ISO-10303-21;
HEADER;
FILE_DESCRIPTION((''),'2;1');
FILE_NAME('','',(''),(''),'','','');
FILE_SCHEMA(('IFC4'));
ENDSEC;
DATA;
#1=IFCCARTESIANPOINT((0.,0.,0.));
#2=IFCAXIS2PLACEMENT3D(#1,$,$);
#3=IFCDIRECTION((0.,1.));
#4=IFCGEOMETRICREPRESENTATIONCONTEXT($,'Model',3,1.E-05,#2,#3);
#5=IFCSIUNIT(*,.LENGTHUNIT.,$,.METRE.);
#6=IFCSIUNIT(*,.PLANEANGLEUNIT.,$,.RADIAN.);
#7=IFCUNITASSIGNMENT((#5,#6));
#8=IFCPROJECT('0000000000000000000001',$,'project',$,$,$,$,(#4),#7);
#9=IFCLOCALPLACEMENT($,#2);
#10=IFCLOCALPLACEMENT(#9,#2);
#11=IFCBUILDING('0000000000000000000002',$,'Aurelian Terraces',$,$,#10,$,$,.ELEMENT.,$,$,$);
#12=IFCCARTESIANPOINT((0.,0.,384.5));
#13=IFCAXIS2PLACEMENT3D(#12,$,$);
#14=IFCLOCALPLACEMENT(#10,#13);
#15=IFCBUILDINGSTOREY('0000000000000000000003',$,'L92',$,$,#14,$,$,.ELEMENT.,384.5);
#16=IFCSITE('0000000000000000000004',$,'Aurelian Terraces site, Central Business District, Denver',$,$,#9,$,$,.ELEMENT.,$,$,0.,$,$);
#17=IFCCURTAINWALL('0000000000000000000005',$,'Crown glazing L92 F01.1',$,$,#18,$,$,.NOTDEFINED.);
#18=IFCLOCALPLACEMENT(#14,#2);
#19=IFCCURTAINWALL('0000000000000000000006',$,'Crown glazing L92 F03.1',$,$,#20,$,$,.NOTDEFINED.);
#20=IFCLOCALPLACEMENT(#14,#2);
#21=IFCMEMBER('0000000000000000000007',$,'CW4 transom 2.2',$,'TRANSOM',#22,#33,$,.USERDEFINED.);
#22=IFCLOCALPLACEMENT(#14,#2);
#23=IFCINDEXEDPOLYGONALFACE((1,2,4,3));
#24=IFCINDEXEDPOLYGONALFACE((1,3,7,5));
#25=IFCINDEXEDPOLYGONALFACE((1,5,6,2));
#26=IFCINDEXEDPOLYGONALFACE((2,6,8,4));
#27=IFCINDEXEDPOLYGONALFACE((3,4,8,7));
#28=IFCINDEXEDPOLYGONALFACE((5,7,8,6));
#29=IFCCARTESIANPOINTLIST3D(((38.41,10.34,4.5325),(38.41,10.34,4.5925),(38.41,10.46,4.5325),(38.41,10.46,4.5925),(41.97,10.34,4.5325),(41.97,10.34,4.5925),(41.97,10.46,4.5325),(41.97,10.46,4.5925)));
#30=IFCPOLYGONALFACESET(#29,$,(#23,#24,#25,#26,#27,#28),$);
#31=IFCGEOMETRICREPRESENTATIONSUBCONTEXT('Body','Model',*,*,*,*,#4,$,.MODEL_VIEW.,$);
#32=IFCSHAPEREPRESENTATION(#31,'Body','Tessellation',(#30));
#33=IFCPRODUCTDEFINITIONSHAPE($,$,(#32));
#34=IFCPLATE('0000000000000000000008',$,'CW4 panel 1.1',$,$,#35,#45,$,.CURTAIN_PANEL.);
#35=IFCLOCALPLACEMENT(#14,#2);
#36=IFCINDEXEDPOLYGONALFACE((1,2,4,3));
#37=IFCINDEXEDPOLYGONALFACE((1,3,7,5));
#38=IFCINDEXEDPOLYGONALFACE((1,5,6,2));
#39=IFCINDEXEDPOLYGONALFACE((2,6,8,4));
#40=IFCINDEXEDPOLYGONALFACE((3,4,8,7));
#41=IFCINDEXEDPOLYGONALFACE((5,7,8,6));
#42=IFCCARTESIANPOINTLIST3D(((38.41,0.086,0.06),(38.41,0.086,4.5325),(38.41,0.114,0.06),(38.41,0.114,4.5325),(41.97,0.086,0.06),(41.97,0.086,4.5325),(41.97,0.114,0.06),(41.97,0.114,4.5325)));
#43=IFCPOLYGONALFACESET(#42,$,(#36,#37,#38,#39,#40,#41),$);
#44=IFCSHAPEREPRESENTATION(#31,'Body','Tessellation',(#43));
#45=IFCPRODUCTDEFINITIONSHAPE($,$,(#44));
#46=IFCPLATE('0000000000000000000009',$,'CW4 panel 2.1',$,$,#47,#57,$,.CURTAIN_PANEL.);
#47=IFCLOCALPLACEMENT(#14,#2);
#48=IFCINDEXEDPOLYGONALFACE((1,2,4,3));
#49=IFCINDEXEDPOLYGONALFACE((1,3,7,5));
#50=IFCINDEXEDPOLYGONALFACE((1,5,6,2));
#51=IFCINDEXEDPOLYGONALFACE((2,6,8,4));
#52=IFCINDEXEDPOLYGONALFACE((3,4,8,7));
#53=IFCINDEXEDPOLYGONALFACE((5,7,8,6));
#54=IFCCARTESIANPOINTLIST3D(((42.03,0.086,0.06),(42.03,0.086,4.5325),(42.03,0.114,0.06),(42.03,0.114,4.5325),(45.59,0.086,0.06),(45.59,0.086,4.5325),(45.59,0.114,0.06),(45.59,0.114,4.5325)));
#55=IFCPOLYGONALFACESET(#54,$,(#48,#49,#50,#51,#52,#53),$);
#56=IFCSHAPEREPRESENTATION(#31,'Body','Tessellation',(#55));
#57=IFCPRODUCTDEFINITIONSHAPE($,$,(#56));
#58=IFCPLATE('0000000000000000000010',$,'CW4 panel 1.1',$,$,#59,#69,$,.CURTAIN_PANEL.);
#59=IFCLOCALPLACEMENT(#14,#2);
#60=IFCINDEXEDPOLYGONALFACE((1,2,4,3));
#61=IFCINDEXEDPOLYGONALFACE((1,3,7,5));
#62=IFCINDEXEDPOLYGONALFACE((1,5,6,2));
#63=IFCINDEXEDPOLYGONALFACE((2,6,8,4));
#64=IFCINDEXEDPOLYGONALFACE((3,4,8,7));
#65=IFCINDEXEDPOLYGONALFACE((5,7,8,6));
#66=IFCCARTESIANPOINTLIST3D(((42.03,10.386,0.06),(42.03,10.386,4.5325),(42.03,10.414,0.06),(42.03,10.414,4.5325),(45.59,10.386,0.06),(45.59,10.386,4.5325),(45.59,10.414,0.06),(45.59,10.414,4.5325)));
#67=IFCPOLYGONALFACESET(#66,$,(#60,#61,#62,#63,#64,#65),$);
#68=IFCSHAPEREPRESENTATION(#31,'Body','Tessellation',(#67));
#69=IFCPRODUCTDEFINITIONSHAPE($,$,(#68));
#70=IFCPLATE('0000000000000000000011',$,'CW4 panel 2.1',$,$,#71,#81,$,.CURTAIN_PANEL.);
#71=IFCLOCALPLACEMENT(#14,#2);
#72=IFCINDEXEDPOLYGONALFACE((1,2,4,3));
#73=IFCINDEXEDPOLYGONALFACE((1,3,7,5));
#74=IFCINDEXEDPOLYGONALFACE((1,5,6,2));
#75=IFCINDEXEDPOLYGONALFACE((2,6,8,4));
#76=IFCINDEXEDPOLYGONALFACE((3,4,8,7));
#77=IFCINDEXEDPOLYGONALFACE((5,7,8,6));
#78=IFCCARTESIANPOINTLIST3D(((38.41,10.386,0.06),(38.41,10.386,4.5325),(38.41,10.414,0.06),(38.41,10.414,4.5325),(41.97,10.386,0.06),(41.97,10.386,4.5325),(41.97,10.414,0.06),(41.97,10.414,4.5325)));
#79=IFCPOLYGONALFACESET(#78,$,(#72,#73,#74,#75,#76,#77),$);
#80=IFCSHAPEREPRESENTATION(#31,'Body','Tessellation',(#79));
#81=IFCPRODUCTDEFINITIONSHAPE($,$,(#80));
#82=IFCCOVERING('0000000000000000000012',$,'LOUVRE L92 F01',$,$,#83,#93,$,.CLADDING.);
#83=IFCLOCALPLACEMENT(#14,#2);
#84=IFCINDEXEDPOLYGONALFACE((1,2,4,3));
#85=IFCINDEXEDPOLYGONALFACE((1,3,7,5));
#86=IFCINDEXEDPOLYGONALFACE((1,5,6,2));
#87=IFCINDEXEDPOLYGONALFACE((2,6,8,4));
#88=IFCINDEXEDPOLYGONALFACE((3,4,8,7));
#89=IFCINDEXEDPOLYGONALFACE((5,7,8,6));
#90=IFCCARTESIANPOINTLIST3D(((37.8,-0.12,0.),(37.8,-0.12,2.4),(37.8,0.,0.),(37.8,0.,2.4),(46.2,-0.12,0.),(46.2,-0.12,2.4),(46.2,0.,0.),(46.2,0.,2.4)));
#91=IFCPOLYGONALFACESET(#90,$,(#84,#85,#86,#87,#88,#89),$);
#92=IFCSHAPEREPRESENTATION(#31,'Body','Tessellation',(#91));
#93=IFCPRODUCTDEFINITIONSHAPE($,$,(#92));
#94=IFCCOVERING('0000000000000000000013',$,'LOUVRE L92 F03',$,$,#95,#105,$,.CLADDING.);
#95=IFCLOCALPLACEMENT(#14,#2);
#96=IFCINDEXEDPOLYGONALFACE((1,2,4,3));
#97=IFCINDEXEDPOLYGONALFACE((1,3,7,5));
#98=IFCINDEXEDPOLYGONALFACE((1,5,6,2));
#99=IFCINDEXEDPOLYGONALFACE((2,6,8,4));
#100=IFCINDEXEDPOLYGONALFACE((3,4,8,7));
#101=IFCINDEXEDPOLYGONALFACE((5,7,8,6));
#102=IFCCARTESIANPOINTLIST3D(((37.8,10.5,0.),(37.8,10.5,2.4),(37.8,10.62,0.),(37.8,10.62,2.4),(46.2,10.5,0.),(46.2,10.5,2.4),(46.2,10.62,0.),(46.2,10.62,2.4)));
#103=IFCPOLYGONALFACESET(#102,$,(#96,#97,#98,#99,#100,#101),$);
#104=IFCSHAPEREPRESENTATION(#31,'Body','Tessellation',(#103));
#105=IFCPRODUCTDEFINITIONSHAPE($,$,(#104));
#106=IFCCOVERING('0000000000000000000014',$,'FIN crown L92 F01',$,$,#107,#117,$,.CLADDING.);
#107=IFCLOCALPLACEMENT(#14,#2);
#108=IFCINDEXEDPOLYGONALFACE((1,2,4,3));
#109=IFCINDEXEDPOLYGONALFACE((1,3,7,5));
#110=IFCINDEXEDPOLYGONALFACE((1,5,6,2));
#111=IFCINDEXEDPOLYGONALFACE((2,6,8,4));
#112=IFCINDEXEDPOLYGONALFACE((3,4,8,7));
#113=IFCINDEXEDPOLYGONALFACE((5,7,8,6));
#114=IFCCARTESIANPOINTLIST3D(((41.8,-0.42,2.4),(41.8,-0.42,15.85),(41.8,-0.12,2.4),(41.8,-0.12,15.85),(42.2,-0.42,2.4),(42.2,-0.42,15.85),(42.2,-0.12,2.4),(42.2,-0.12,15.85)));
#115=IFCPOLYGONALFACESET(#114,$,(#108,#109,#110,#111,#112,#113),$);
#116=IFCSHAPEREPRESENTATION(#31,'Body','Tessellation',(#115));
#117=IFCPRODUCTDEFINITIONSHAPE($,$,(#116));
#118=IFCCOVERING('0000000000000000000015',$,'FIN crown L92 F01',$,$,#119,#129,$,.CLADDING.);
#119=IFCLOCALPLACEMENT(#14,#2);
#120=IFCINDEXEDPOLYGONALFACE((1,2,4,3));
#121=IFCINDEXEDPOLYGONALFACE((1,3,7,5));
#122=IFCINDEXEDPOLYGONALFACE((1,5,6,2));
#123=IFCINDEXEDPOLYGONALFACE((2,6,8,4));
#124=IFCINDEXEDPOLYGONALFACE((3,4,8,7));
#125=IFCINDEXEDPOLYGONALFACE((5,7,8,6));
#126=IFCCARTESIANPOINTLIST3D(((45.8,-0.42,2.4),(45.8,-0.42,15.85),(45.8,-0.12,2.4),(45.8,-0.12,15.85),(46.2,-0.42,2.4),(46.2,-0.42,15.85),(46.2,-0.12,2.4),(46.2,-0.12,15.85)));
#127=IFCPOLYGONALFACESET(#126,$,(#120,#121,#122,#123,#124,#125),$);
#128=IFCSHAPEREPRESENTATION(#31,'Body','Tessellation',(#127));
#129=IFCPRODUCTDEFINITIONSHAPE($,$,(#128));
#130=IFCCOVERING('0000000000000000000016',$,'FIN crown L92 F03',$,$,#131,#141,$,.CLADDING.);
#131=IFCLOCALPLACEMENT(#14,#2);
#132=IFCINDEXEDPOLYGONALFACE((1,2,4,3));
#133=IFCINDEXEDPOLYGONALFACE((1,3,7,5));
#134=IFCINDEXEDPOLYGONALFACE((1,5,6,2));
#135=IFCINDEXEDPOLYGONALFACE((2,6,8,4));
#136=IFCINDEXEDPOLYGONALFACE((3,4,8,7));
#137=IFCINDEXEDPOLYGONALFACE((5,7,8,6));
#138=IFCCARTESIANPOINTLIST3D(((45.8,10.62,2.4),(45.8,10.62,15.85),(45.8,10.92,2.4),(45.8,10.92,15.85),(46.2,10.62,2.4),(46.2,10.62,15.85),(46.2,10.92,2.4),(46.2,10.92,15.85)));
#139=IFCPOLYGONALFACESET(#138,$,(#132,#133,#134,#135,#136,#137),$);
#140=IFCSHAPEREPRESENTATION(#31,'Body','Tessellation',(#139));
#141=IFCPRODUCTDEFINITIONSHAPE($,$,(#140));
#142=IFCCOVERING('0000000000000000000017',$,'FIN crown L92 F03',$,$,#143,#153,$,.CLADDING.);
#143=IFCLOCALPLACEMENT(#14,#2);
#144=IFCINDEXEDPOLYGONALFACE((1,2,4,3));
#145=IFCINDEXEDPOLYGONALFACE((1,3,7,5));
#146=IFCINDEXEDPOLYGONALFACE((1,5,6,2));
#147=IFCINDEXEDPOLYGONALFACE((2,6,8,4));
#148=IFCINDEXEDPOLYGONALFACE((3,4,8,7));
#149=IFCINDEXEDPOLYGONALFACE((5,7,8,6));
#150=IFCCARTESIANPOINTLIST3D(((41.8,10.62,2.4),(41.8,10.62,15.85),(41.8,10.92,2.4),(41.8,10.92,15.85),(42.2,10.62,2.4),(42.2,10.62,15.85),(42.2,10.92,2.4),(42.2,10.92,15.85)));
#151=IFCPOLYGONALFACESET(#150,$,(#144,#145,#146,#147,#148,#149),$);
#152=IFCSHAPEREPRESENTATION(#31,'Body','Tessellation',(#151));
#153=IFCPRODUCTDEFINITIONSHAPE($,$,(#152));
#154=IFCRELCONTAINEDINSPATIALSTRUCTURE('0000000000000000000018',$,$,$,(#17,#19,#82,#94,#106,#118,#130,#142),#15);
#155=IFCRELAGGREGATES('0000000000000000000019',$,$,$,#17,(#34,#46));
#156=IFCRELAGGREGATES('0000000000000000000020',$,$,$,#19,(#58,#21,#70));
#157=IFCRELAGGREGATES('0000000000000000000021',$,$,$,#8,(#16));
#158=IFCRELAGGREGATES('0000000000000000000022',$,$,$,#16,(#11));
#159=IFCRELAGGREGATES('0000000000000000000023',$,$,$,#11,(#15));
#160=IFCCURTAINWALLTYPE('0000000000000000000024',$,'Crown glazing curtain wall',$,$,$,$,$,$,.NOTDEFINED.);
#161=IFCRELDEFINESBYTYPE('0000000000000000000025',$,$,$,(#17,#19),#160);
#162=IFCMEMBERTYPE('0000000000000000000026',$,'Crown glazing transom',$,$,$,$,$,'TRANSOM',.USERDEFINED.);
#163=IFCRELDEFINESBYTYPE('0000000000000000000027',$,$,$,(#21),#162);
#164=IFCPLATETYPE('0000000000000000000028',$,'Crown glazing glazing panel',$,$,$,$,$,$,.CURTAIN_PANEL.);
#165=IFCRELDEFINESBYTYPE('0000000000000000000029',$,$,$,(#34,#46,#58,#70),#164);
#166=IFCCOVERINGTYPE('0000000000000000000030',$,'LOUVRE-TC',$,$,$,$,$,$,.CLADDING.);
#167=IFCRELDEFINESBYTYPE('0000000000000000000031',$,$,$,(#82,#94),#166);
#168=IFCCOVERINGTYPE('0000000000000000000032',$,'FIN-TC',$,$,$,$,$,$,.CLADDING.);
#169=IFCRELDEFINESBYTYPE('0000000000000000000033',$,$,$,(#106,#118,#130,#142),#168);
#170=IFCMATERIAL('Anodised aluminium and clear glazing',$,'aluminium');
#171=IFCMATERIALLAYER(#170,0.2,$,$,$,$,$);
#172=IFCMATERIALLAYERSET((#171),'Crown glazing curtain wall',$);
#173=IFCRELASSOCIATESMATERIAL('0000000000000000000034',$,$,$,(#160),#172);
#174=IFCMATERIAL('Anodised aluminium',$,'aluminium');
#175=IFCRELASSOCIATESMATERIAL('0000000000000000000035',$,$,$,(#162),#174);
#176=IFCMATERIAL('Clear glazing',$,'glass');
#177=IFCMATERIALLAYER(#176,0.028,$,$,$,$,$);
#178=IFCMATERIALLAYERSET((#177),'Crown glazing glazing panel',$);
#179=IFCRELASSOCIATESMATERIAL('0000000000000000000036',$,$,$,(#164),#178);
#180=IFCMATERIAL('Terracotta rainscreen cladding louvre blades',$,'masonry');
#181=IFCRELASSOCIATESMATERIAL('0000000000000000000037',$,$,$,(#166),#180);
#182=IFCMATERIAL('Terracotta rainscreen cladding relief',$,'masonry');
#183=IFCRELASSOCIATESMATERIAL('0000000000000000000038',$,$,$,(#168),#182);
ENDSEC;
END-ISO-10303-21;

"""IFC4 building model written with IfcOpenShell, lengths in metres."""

from ifc_helpers import new_model, si_unit, direction, frame, origin, origin_2d, place, context, subcontext, project, spatial, rectangle, extrude, source, transform, mapped, material, layer, layer_set, material_profile, profile_set, type_object, element, aggregate, save


model = new_model("IFC4")

# Units and contexts
model_context = context("Model", 3, precision=1e-05, world=origin(), true_north=direction((0.0, 1.0)))
body_context = subcontext(model_context, "Body", "Model", "MODEL_VIEW")
ifc_project = project(units=[si_unit("LENGTHUNIT", "METRE"), si_unit("PLANEANGLEUNIT", "RADIAN")], contexts=[model_context])

# Site, building, storey
site_placement = place(None, origin())
site = spatial("IfcSite", under=ifc_project, at=site_placement, Name="Aurelian Terraces site, Central Business District, Denver", CompositionType="ELEMENT", RefElevation=0.0)
building_placement = place(site_placement, origin())
building = spatial("IfcBuilding", under=site, at=building_placement, Name="Aurelian Terraces", CompositionType="ELEMENT")
storey_placement = place(building_placement, frame((0.0, 0.0, 384.5)))
storey = spatial("IfcBuildingStorey", under=building, at=storey_placement, Name="L92", CompositionType="ELEMENT", Elevation=384.5)

# Shared definitions
ifc_material_1 = material(Name="Anodised aluminium and clear glazing", Category="aluminium")
ifc_layer_1 = layer(ifc_material_1, 0.2)
ifc_layer_set_1 = layer_set([ifc_layer_1], Name="Crown glazing curtain wall")
curtain_wall_type = type_object("IfcCurtainWallType", Name="Crown glazing curtain wall", PredefinedType="NOTDEFINED", material=ifc_layer_set_1)
ifc_material_2 = material(Name="Anodised aluminium", Category="aluminium")
ifc_material_profile_1 = material_profile(ifc_material_2, rectangle(XDim=0.12, YDim=0.06, at=origin_2d()))
ifc_profile_set_1 = profile_set([ifc_material_profile_1], Name="Anodised aluminium")
member_type_1 = type_object("IfcMemberType", Name="Crown glazing transom", ElementType="TRANSOM", PredefinedType="USERDEFINED", material=ifc_profile_set_1)

# Curtain wall
curtain_wall_1_placement = place(storey_placement, origin())
curtain_wall_1 = element("IfcCurtainWall", 1, at=curtain_wall_1_placement, inside=storey, type_object=curtain_wall_type, Name="Crown glazing L92 F01.1", PredefinedType="NOTDEFINED")

# Curtain wall
curtain_wall_2_placement = place(storey_placement, origin())
curtain_wall_2 = element("IfcCurtainWall", 2, at=curtain_wall_2_placement, inside=storey, type_object=curtain_wall_type, Name="Crown glazing L92 F03.1", PredefinedType="NOTDEFINED")

# Member
shared_shape_1 = source(origin(), body_context, "Body", "SweptSolid", [
    extrude(rectangle(XDim=0.12, YDim=0.06, at=origin_2d()), origin(), (0.0, 0.0, 1.0), 3.56),
])
member_1_placement = place(storey_placement, frame((41.97, 10.4, 4.5625), z_axis=(-1.0, 0.0, 0.0), x_axis=(0.0, -1.0, 0.0)))
member_1 = element("IfcMember", 3, at=member_1_placement, type_object=member_type_1, Name="CW4 transom 2.2", ObjectType="TRANSOM", PredefinedType="USERDEFINED", context=body_context, shape_type="MappedRepresentation", body=[
    mapped(shared_shape_1, transform((0.0, 0.0, 0.0), scale=1.0)),
])

# Plates
ifc_material_3 = material(Name="Clear glazing", Category="glass")
ifc_layer_2 = layer(ifc_material_3, 0.028)
ifc_layer_set_2 = layer_set([ifc_layer_2], Name="Crown glazing glazing panel")
plate_type = type_object("IfcPlateType", Name="Crown glazing glazing panel", PredefinedType="CURTAIN_PANEL", material=ifc_layer_set_2)
plate_1_placement = place(storey_placement, frame((40.19, 0.1, 0.06), z_axis=(0.0, 0.0, 1.0), x_axis=(1.0, 0.0, 0.0)))
plate_1 = element("IfcPlate", 4, at=plate_1_placement, type_object=plate_type, Name="CW4 panel 1.1", PredefinedType="CURTAIN_PANEL", context=body_context, shape_type="SweptSolid", body=[
    extrude(rectangle(XDim=3.56, YDim=0.028, at=origin_2d()), origin(), (0.0, 0.0, 1.0), 4.4725),
])
shared_shape_2 = source(origin(), body_context, "Body", "SweptSolid", [
    extrude(rectangle(XDim=3.56, YDim=0.028, at=origin_2d()), origin(), (0.0, 0.0, 1.0), 4.4725),
])
plate_2_placement = place(storey_placement, frame((43.81, 0.1, 0.06), z_axis=(0.0, 0.0, 1.0), x_axis=(1.0, 0.0, 0.0)))
plate_2 = element("IfcPlate", 5, at=plate_2_placement, type_object=plate_type, Name="CW4 panel 2.1", PredefinedType="CURTAIN_PANEL", context=body_context, shape_type="MappedRepresentation", body=[
    mapped(shared_shape_2, transform((0.0, 0.0, 0.0), scale=1.0)),
])
aggregate(curtain_wall_1, [plate_1, plate_2])
plate_3_placement = place(storey_placement, frame((43.81, 10.4, 0.06), z_axis=(0.0, 0.0, 1.0), x_axis=(-1.0, 0.0, 0.0)))
plate_3 = element("IfcPlate", 6, at=plate_3_placement, type_object=plate_type, Name="CW4 panel 1.1", PredefinedType="CURTAIN_PANEL", context=body_context, shape_type="MappedRepresentation", body=[
    mapped(shared_shape_2, transform((0.0, 0.0, 0.0), scale=1.0)),
])
plate_4_placement = place(storey_placement, frame((40.19, 10.4, 0.06), z_axis=(0.0, 0.0, 1.0), x_axis=(-1.0, 0.0, 0.0)))
plate_4 = element("IfcPlate", 7, at=plate_4_placement, type_object=plate_type, Name="CW4 panel 2.1", PredefinedType="CURTAIN_PANEL", context=body_context, shape_type="MappedRepresentation", body=[
    mapped(shared_shape_2, transform((0.0, 0.0, 0.0), scale=1.0)),
])
aggregate(curtain_wall_2, [plate_3, member_1, plate_4])

# Coverings
ifc_material_4 = material(Name="Terracotta rainscreen cladding louvre blades", Category="masonry")
covering_type_1 = type_object("IfcCoveringType", Name="LOUVRE-TC", PredefinedType="CLADDING", material=ifc_material_4)
covering_1_placement = place(storey_placement, frame((42.0, -0.06, 0.0), z_axis=(0.0, 0.0, 1.0), x_axis=(1.0, 0.0, 0.0)))
element("IfcCovering", 8, at=covering_1_placement, inside=storey, type_object=covering_type_1, Name="LOUVRE L92 F01", PredefinedType="CLADDING", context=body_context, shape_type="SweptSolid", body=[
    extrude(rectangle(XDim=8.4, YDim=0.12, at=origin_2d()), origin(), (0.0, 0.0, 1.0), 2.4),
])
shared_shape_3 = source(origin(), body_context, "Body", "SweptSolid", [
    extrude(rectangle(XDim=8.4, YDim=0.12, at=origin_2d()), origin(), (0.0, 0.0, 1.0), 2.4),
])
covering_2_placement = place(storey_placement, frame((42.0, 10.56, 0.0), z_axis=(0.0, 0.0, 1.0), x_axis=(1.0, 0.0, 0.0)))
element("IfcCovering", 9, at=covering_2_placement, inside=storey, type_object=covering_type_1, Name="LOUVRE L92 F03", PredefinedType="CLADDING", context=body_context, shape_type="MappedRepresentation", body=[
    mapped(shared_shape_3, transform((0.0, 0.0, 0.0), scale=1.0)),
])
ifc_material_5 = material(Name="Terracotta rainscreen cladding relief", Category="masonry")
covering_type_2 = type_object("IfcCoveringType", Name="FIN-TC", PredefinedType="CLADDING", material=ifc_material_5)
shared_shape_4 = source(origin(), body_context, "Body", "SweptSolid", [
    extrude(rectangle(XDim=0.4, YDim=0.3, at=origin_2d()), origin(), (0.0, 0.0, 1.0), 13.45),
])
for number, where, z_axis, x_axis, name in (
    (10, (42.0, -0.27, 2.4), (0.0, 0.0, 1.0), (1.0, 0.0, 0.0), "FIN crown L92 F01"),
    (11, (46.0, -0.27, 2.4), (0.0, 0.0, 1.0), (1.0, 0.0, 0.0), "FIN crown L92 F01"),
    (12, (46.0, 10.77, 2.4), (0.0, 0.0, 1.0), (1.0, 0.0, 0.0), "FIN crown L92 F03"),
    (13, (42.0, 10.77, 2.4), (0.0, 0.0, 1.0), (1.0, 0.0, 0.0), "FIN crown L92 F03"),
):
    element("IfcCovering", number, at=place(storey_placement, frame(where, z_axis=z_axis, x_axis=x_axis)), inside=storey, type_object=covering_type_2, Name=name, PredefinedType="CLADDING", context=body_context, shape_type="MappedRepresentation", body=[
        mapped(shared_shape_4, transform((0.0, 0.0, 0.0), scale=1.0)),
    ])

save(model, "model.ifc")
